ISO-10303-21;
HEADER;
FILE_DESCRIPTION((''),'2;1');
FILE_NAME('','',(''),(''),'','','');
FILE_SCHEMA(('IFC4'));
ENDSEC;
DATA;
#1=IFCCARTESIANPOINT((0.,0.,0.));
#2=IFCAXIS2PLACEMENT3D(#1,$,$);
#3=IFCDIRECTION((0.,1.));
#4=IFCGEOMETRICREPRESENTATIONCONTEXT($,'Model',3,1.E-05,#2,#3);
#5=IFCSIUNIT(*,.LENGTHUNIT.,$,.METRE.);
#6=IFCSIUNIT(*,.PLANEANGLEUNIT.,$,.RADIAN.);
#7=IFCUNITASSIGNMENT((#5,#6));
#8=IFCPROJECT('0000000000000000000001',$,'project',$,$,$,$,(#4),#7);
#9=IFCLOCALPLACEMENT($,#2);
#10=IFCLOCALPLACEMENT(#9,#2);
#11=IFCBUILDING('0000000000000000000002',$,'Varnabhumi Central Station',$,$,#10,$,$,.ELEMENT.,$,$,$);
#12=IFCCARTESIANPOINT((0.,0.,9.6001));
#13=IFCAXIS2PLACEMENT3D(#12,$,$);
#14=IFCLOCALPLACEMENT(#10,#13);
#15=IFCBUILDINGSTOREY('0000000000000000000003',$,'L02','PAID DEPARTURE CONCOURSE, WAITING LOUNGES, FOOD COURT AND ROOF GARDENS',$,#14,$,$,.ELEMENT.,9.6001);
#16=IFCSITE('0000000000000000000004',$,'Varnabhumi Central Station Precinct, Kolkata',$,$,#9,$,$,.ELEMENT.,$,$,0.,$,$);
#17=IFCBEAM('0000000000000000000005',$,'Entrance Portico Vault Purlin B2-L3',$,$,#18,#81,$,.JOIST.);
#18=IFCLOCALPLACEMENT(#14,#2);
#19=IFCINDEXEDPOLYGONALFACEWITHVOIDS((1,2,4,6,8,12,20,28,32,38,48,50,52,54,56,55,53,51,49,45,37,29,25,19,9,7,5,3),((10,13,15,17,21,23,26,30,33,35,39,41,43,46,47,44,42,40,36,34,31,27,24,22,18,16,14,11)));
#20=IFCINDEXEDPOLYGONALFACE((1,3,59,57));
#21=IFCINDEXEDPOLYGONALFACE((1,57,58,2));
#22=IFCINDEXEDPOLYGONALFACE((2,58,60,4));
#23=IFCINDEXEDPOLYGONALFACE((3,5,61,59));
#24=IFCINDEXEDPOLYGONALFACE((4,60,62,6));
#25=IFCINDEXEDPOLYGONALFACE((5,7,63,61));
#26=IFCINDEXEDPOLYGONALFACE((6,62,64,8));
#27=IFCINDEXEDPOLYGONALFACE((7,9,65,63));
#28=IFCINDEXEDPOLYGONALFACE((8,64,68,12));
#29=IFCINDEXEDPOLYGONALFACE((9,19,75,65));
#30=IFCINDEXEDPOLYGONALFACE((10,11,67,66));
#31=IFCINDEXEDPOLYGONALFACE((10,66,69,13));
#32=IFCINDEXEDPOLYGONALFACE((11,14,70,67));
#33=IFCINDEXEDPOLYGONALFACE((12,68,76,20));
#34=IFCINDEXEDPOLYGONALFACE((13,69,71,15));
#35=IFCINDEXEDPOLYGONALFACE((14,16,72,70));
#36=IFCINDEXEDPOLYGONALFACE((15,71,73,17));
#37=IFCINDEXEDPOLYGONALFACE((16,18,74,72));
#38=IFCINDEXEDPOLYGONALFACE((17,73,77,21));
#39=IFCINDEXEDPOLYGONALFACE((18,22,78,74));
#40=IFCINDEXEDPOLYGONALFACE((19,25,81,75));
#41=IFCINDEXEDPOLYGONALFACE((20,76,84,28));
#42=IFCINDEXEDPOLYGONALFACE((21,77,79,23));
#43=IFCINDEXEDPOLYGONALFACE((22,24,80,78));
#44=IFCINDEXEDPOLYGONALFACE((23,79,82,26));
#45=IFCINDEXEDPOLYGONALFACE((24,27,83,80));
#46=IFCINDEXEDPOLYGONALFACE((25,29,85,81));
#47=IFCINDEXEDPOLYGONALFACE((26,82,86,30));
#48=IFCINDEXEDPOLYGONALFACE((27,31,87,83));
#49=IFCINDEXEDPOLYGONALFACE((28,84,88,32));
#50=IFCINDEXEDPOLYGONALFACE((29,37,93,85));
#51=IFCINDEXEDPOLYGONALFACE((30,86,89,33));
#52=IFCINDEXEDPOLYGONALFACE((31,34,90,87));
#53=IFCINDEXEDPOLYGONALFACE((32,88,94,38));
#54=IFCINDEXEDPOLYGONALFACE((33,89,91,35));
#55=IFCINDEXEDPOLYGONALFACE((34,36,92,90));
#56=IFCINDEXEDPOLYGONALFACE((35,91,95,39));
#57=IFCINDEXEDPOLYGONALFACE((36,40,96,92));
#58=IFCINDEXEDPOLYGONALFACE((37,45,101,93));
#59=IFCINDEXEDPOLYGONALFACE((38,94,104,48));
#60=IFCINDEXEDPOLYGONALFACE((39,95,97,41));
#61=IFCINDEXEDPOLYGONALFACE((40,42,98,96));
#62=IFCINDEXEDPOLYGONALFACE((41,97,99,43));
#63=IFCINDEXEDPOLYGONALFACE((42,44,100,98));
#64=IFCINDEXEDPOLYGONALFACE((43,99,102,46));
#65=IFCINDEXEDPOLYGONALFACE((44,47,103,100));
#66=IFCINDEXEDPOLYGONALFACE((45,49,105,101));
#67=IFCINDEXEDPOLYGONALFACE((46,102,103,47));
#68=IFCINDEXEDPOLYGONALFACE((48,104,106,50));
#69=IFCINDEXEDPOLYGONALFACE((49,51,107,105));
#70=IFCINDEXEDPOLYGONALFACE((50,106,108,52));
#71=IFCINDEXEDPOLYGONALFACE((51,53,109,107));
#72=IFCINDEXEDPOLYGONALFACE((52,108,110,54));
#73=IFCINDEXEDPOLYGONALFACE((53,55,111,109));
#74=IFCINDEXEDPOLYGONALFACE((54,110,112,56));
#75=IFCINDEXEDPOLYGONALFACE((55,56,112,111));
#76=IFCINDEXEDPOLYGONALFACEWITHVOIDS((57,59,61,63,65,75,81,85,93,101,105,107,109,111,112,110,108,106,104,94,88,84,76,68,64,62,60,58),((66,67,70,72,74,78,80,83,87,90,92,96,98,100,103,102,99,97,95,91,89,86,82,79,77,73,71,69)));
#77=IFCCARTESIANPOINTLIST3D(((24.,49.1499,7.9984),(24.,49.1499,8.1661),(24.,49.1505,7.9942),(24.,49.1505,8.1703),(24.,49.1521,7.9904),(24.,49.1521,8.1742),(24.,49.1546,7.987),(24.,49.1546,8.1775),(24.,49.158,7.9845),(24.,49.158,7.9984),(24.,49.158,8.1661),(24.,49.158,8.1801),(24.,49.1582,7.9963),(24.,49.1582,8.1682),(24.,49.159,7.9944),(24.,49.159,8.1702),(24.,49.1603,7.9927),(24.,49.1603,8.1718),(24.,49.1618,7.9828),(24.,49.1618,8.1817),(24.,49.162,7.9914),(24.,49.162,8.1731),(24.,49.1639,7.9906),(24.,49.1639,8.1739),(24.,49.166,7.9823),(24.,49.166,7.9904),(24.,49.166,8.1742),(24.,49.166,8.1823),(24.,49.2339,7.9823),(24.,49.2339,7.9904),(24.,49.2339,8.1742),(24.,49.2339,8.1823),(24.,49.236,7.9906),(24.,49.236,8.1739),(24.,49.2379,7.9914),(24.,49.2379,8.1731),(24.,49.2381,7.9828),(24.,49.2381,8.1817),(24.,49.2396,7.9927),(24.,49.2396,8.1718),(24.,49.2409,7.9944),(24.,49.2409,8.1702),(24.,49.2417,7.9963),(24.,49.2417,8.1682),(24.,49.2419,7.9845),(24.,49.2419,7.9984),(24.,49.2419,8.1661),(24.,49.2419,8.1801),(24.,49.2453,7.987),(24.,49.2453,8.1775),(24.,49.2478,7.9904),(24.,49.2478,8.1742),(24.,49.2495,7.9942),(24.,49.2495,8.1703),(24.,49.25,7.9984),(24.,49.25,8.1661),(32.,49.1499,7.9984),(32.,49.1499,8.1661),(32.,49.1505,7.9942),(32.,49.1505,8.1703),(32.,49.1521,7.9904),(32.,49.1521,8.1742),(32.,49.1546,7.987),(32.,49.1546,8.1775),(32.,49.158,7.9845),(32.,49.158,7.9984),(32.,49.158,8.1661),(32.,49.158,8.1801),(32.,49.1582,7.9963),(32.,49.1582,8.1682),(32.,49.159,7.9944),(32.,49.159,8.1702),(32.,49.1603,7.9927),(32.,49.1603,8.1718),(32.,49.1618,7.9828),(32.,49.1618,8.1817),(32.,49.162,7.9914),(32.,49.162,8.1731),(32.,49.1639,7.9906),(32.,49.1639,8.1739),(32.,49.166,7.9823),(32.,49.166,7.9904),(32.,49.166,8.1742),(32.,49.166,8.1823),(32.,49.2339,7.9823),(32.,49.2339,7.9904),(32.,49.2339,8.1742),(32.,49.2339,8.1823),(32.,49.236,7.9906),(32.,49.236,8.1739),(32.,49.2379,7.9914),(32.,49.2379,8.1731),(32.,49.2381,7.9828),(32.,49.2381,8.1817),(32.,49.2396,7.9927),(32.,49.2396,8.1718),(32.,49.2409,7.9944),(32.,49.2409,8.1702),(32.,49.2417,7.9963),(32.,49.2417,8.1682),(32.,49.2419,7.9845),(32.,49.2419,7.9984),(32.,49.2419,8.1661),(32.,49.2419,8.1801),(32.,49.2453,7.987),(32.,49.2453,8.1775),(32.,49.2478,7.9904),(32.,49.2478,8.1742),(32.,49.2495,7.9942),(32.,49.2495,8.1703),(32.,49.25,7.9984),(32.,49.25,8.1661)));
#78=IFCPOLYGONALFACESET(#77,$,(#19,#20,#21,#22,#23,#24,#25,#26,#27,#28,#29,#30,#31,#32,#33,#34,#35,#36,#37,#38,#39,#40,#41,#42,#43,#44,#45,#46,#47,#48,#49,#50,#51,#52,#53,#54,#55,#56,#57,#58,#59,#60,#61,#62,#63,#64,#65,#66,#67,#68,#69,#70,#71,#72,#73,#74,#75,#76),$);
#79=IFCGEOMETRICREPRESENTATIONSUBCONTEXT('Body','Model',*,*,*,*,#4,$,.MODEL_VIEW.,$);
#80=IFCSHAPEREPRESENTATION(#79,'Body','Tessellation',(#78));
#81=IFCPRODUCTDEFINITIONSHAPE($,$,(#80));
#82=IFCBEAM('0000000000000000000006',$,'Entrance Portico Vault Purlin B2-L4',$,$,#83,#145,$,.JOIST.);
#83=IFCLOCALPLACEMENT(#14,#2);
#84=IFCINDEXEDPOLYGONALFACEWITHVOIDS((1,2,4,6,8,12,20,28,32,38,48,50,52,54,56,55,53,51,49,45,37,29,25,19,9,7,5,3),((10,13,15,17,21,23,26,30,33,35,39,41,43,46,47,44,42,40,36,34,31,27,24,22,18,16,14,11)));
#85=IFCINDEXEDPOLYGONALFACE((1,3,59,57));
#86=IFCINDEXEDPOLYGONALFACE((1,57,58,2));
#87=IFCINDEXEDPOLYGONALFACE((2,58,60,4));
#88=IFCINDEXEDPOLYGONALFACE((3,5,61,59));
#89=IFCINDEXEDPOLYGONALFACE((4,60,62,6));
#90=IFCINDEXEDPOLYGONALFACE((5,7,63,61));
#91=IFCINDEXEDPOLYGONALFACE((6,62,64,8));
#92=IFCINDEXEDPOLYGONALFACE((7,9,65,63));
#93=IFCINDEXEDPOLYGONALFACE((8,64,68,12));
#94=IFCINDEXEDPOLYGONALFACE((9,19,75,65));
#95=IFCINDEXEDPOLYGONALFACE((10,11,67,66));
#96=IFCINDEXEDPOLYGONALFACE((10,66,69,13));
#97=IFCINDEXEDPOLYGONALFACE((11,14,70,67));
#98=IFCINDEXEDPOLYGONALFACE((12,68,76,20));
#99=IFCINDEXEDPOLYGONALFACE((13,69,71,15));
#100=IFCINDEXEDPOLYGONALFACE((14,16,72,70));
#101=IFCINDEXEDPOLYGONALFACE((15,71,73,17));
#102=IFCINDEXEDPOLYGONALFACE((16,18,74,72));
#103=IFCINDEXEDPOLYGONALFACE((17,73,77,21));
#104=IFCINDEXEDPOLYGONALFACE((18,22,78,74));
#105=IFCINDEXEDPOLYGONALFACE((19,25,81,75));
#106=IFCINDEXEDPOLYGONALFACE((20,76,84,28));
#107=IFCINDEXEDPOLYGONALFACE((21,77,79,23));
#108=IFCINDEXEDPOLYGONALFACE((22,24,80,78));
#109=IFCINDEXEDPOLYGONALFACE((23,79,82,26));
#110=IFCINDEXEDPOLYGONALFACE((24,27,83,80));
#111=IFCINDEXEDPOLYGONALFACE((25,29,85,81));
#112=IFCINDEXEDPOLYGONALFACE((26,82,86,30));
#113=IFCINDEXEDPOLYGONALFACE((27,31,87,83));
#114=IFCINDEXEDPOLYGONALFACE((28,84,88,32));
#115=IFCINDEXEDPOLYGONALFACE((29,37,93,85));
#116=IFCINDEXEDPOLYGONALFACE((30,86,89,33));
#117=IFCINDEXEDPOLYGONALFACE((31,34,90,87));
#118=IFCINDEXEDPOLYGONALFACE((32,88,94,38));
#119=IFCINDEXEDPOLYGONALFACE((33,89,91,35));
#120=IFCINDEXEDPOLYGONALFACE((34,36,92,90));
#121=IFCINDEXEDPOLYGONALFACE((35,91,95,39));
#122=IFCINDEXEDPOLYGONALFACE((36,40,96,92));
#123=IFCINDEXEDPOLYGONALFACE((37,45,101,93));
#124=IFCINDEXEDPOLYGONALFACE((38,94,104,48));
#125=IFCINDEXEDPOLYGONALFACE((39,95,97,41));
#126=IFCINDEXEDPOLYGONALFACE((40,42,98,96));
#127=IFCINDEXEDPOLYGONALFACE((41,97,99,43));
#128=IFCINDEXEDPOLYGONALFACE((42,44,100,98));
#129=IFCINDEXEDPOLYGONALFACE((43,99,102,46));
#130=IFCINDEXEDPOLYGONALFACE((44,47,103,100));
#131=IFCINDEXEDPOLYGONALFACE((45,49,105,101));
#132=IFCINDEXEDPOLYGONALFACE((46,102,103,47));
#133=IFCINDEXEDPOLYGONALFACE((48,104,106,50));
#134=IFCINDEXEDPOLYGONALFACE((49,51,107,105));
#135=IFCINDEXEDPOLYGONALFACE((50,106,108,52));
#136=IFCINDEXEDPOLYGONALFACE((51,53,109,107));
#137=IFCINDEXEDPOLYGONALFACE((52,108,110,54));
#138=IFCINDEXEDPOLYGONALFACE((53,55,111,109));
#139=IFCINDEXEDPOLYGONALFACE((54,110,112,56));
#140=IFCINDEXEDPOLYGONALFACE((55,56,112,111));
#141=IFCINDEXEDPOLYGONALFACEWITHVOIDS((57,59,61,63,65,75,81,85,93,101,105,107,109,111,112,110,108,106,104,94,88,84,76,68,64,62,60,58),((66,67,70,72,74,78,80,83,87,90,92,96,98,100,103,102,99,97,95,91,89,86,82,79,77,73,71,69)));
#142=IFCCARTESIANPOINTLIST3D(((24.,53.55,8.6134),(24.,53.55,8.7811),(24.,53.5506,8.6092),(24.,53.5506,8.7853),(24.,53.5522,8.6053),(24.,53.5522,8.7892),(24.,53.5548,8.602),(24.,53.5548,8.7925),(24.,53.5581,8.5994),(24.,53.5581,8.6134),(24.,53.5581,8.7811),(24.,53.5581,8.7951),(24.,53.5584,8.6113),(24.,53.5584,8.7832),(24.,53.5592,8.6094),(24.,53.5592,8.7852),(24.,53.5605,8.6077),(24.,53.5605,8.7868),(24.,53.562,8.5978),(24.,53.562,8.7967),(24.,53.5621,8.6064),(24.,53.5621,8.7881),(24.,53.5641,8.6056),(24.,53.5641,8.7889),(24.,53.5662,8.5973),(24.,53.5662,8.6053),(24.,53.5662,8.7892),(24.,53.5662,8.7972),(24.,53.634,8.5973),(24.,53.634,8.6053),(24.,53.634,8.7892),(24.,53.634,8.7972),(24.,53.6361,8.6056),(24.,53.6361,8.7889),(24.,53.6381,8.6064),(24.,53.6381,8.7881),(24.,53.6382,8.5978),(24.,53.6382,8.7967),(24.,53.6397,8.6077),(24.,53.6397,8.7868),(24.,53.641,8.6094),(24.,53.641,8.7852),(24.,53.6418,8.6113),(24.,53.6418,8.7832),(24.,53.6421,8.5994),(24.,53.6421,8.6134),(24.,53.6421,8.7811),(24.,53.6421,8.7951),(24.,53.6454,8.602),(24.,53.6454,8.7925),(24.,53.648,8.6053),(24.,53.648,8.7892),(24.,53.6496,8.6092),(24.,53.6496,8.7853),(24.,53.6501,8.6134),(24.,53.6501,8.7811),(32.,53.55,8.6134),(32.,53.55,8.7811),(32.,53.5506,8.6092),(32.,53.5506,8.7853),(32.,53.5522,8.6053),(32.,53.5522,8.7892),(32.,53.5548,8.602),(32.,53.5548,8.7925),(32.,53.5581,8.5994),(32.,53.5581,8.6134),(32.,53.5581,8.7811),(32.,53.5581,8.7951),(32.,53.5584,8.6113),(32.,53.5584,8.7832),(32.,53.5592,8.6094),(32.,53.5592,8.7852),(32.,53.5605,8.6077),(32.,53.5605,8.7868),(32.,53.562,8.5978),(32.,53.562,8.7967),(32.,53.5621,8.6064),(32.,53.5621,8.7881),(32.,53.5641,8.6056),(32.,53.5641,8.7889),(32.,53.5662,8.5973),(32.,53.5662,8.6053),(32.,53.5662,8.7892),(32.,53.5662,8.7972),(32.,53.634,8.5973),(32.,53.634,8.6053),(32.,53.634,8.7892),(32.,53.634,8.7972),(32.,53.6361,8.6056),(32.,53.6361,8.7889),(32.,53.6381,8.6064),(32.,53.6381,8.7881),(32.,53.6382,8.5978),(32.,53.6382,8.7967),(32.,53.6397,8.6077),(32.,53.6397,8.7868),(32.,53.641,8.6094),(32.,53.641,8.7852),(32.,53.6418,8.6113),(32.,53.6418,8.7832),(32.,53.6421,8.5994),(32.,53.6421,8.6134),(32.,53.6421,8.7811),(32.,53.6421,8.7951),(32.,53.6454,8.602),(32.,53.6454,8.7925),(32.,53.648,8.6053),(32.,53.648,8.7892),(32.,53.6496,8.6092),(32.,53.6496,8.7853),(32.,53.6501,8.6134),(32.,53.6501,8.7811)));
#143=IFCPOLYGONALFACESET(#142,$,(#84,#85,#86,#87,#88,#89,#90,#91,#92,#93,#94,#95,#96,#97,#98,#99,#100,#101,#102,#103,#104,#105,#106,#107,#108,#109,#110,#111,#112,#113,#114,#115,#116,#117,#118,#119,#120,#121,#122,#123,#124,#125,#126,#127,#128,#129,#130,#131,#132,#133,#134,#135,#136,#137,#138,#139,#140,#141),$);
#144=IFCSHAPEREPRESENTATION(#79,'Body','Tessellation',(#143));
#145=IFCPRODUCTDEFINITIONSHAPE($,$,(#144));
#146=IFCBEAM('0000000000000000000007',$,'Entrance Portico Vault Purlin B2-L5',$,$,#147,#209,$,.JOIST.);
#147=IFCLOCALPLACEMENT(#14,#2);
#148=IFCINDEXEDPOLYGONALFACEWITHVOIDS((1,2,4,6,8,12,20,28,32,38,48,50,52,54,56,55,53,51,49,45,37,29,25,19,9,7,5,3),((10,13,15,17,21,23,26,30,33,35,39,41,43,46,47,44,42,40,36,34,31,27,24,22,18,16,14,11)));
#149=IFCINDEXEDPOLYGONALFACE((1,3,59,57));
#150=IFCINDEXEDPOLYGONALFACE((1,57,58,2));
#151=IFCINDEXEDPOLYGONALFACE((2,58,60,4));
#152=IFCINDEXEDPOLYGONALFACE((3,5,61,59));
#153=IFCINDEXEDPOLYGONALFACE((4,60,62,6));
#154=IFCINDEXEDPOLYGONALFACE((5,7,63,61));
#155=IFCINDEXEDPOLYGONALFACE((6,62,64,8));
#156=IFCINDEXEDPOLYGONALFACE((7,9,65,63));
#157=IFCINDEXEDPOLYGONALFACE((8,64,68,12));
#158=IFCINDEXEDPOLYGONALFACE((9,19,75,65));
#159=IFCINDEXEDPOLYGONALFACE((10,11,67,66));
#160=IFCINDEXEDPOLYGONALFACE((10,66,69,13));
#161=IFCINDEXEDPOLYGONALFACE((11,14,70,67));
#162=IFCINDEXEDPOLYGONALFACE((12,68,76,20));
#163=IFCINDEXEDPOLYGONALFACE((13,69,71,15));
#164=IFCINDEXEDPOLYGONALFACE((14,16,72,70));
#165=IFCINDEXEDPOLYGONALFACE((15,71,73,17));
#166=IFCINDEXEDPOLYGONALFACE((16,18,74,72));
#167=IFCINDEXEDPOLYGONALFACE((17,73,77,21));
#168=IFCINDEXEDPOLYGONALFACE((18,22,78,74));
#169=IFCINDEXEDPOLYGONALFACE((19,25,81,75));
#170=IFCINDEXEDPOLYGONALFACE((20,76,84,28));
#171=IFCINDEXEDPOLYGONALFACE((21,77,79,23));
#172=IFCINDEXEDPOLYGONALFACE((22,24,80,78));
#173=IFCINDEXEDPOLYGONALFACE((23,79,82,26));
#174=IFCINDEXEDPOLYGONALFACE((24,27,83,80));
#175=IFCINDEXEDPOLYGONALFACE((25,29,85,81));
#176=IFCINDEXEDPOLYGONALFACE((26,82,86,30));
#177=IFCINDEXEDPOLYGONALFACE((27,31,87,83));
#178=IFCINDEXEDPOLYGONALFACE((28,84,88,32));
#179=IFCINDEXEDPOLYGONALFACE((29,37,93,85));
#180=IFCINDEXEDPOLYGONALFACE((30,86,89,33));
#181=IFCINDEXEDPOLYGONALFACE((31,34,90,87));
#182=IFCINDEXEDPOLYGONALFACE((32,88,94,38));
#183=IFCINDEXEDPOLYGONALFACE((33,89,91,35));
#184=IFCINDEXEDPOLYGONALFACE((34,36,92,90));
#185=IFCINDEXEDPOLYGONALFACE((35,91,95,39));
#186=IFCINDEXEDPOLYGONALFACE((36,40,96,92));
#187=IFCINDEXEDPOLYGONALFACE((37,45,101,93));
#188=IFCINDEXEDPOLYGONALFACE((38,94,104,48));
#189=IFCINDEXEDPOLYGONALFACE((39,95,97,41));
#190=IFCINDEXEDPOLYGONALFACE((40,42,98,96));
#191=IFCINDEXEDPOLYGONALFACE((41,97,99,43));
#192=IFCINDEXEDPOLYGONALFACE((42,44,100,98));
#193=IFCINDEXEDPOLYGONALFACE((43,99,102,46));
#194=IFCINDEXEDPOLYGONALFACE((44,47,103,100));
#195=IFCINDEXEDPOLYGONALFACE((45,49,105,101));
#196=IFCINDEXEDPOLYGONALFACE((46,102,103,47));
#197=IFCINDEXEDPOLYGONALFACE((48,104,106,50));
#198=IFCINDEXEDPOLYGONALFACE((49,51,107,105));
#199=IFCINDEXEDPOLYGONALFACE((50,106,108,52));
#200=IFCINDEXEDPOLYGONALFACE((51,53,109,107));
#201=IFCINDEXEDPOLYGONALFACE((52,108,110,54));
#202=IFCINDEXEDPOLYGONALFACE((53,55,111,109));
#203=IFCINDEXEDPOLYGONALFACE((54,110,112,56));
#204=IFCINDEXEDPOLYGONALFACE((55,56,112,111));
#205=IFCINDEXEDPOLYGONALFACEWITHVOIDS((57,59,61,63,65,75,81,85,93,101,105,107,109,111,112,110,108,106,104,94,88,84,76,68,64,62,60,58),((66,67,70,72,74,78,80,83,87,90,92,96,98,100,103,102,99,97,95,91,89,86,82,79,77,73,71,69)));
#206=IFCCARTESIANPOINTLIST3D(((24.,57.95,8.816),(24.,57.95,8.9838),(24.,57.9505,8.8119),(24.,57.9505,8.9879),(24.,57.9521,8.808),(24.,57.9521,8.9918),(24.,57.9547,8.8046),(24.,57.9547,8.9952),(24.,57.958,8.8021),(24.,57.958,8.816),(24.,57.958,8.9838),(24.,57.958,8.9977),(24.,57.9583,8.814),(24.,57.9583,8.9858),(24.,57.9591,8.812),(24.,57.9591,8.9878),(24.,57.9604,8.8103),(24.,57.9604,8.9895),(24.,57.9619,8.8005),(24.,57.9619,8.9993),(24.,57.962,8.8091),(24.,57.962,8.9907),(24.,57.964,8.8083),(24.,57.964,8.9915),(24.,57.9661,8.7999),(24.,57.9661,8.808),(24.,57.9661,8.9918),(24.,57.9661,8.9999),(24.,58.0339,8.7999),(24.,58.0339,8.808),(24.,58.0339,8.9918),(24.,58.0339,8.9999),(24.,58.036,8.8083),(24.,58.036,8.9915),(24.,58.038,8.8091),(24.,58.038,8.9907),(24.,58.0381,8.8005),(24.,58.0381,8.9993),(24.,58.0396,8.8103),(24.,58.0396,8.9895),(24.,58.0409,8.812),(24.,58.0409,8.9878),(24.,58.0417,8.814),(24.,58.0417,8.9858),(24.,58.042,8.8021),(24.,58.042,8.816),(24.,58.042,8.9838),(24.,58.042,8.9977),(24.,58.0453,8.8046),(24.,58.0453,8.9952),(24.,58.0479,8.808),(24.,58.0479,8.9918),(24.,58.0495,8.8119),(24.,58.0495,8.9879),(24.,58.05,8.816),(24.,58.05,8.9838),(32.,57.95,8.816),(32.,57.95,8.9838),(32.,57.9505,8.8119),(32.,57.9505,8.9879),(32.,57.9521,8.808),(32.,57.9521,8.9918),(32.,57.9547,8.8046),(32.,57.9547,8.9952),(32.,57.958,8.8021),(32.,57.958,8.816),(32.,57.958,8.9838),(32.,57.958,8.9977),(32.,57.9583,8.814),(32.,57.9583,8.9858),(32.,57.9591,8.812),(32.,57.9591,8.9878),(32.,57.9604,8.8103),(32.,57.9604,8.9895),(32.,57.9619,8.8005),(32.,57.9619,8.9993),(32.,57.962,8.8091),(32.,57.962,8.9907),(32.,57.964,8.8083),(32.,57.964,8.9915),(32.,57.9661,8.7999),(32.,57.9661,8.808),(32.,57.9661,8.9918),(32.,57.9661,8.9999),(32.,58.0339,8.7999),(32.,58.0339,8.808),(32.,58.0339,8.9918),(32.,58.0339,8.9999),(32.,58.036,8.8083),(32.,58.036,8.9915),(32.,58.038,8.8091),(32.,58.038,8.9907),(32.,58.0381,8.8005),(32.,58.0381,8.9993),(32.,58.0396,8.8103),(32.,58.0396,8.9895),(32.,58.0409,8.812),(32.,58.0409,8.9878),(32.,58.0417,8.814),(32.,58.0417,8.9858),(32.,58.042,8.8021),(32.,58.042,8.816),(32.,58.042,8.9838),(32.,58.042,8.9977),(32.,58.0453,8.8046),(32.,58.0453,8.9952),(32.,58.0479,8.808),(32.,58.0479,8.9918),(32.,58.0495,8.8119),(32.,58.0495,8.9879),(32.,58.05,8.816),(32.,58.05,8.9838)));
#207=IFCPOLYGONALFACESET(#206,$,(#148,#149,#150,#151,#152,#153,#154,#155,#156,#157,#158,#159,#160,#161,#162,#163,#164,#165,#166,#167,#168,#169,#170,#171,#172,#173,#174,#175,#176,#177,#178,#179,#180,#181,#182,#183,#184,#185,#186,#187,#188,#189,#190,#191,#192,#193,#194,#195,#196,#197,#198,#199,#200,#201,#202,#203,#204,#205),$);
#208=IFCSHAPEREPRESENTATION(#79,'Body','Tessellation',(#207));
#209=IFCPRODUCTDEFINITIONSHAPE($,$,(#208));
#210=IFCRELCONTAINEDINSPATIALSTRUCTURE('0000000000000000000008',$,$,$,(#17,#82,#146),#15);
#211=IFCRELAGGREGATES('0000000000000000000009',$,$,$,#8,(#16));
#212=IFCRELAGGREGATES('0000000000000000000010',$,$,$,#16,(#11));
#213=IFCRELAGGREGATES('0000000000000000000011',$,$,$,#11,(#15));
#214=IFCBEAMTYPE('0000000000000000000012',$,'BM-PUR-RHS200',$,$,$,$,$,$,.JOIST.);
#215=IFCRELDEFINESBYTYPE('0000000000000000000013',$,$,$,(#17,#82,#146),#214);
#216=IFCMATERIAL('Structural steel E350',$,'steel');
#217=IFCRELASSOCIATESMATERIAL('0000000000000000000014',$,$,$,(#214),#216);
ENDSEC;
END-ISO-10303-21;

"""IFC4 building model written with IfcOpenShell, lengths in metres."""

from ifc_helpers import new_model, si_unit, direction, frame, origin, origin_2d, place, context, subcontext, project, spatial, hollow_rectangle, extrude, material, material_profile, profile_set, type_object, element, save


model = new_model("IFC4")

# Units and contexts
model_context = context("Model", 3, precision=1e-05, world=origin(), true_north=direction((0.0, 1.0)))
body_context = subcontext(model_context, "Body", "Model", "MODEL_VIEW")
ifc_project = project(units=[si_unit("LENGTHUNIT", "METRE"), si_unit("PLANEANGLEUNIT", "RADIAN")], contexts=[model_context])

# Site, building, storey
site_placement = place(None, origin())
site = spatial("IfcSite", under=ifc_project, at=site_placement, Name="Varnabhumi Central Station Precinct, Kolkata", CompositionType="ELEMENT", RefElevation=0.0)
building_placement = place(site_placement, origin())
building = spatial("IfcBuilding", under=site, at=building_placement, Name="Varnabhumi Central Station", CompositionType="ELEMENT")
storey_placement = place(building_placement, frame((0.0, 0.0, 9.6001)))
storey = spatial("IfcBuildingStorey", under=building, at=storey_placement, Name="L02", Description="PAID DEPARTURE CONCOURSE, WAITING LOUNGES, FOOD COURT AND ROOF GARDENS", CompositionType="ELEMENT", Elevation=9.6001)

# Beams
ifc_material_1 = material(Name="Structural steel E350", Category="steel")
ifc_material_profile_1 = material_profile(ifc_material_1, hollow_rectangle(XDim=0.1001, YDim=0.2, WallThickness=0.0081, InnerFilletRadius=0.0081, OuterFilletRadius=0.0161, at=origin_2d()), Name="Structural steel E350", Category="steel")
ifc_profile_set_1 = profile_set([ifc_material_profile_1], Name="Structural steel E350")
beam_type_1 = type_object("IfcBeamType", Name="BM-PUR-RHS200", PredefinedType="JOIST", material=ifc_profile_set_1)
for number, where, z_axis, x_axis, name in (
    (1, (24.0, 49.2, 8.0823), (1.0, 0.0, 0.0), (0.0, 1.0, 0.0), "Entrance Portico Vault Purlin B2-L3"),
    (2, (24.0, 53.6001, 8.6973), (1.0, 0.0, 0.0), (0.0, 1.0, 0.0), "Entrance Portico Vault Purlin B2-L4"),
    (3, (24.0, 58.0, 8.8999), (1.0, 0.0, 0.0), (0.0, 1.0, 0.0), "Entrance Portico Vault Purlin B2-L5"),
):
    element("IfcBeam", number, at=place(storey_placement, frame(where, z_axis=z_axis, x_axis=x_axis)), inside=storey, type_object=beam_type_1, Name=name, PredefinedType="JOIST", context=body_context, shape_type="SweptSolid", body=[
        extrude(hollow_rectangle(XDim=0.1001, YDim=0.2, WallThickness=0.0081, InnerFilletRadius=0.0081, OuterFilletRadius=0.0161, at=origin_2d()), origin(), (0.0, 0.0, 1.0), 8.0),
    ])

save(model, "model.ifc")
